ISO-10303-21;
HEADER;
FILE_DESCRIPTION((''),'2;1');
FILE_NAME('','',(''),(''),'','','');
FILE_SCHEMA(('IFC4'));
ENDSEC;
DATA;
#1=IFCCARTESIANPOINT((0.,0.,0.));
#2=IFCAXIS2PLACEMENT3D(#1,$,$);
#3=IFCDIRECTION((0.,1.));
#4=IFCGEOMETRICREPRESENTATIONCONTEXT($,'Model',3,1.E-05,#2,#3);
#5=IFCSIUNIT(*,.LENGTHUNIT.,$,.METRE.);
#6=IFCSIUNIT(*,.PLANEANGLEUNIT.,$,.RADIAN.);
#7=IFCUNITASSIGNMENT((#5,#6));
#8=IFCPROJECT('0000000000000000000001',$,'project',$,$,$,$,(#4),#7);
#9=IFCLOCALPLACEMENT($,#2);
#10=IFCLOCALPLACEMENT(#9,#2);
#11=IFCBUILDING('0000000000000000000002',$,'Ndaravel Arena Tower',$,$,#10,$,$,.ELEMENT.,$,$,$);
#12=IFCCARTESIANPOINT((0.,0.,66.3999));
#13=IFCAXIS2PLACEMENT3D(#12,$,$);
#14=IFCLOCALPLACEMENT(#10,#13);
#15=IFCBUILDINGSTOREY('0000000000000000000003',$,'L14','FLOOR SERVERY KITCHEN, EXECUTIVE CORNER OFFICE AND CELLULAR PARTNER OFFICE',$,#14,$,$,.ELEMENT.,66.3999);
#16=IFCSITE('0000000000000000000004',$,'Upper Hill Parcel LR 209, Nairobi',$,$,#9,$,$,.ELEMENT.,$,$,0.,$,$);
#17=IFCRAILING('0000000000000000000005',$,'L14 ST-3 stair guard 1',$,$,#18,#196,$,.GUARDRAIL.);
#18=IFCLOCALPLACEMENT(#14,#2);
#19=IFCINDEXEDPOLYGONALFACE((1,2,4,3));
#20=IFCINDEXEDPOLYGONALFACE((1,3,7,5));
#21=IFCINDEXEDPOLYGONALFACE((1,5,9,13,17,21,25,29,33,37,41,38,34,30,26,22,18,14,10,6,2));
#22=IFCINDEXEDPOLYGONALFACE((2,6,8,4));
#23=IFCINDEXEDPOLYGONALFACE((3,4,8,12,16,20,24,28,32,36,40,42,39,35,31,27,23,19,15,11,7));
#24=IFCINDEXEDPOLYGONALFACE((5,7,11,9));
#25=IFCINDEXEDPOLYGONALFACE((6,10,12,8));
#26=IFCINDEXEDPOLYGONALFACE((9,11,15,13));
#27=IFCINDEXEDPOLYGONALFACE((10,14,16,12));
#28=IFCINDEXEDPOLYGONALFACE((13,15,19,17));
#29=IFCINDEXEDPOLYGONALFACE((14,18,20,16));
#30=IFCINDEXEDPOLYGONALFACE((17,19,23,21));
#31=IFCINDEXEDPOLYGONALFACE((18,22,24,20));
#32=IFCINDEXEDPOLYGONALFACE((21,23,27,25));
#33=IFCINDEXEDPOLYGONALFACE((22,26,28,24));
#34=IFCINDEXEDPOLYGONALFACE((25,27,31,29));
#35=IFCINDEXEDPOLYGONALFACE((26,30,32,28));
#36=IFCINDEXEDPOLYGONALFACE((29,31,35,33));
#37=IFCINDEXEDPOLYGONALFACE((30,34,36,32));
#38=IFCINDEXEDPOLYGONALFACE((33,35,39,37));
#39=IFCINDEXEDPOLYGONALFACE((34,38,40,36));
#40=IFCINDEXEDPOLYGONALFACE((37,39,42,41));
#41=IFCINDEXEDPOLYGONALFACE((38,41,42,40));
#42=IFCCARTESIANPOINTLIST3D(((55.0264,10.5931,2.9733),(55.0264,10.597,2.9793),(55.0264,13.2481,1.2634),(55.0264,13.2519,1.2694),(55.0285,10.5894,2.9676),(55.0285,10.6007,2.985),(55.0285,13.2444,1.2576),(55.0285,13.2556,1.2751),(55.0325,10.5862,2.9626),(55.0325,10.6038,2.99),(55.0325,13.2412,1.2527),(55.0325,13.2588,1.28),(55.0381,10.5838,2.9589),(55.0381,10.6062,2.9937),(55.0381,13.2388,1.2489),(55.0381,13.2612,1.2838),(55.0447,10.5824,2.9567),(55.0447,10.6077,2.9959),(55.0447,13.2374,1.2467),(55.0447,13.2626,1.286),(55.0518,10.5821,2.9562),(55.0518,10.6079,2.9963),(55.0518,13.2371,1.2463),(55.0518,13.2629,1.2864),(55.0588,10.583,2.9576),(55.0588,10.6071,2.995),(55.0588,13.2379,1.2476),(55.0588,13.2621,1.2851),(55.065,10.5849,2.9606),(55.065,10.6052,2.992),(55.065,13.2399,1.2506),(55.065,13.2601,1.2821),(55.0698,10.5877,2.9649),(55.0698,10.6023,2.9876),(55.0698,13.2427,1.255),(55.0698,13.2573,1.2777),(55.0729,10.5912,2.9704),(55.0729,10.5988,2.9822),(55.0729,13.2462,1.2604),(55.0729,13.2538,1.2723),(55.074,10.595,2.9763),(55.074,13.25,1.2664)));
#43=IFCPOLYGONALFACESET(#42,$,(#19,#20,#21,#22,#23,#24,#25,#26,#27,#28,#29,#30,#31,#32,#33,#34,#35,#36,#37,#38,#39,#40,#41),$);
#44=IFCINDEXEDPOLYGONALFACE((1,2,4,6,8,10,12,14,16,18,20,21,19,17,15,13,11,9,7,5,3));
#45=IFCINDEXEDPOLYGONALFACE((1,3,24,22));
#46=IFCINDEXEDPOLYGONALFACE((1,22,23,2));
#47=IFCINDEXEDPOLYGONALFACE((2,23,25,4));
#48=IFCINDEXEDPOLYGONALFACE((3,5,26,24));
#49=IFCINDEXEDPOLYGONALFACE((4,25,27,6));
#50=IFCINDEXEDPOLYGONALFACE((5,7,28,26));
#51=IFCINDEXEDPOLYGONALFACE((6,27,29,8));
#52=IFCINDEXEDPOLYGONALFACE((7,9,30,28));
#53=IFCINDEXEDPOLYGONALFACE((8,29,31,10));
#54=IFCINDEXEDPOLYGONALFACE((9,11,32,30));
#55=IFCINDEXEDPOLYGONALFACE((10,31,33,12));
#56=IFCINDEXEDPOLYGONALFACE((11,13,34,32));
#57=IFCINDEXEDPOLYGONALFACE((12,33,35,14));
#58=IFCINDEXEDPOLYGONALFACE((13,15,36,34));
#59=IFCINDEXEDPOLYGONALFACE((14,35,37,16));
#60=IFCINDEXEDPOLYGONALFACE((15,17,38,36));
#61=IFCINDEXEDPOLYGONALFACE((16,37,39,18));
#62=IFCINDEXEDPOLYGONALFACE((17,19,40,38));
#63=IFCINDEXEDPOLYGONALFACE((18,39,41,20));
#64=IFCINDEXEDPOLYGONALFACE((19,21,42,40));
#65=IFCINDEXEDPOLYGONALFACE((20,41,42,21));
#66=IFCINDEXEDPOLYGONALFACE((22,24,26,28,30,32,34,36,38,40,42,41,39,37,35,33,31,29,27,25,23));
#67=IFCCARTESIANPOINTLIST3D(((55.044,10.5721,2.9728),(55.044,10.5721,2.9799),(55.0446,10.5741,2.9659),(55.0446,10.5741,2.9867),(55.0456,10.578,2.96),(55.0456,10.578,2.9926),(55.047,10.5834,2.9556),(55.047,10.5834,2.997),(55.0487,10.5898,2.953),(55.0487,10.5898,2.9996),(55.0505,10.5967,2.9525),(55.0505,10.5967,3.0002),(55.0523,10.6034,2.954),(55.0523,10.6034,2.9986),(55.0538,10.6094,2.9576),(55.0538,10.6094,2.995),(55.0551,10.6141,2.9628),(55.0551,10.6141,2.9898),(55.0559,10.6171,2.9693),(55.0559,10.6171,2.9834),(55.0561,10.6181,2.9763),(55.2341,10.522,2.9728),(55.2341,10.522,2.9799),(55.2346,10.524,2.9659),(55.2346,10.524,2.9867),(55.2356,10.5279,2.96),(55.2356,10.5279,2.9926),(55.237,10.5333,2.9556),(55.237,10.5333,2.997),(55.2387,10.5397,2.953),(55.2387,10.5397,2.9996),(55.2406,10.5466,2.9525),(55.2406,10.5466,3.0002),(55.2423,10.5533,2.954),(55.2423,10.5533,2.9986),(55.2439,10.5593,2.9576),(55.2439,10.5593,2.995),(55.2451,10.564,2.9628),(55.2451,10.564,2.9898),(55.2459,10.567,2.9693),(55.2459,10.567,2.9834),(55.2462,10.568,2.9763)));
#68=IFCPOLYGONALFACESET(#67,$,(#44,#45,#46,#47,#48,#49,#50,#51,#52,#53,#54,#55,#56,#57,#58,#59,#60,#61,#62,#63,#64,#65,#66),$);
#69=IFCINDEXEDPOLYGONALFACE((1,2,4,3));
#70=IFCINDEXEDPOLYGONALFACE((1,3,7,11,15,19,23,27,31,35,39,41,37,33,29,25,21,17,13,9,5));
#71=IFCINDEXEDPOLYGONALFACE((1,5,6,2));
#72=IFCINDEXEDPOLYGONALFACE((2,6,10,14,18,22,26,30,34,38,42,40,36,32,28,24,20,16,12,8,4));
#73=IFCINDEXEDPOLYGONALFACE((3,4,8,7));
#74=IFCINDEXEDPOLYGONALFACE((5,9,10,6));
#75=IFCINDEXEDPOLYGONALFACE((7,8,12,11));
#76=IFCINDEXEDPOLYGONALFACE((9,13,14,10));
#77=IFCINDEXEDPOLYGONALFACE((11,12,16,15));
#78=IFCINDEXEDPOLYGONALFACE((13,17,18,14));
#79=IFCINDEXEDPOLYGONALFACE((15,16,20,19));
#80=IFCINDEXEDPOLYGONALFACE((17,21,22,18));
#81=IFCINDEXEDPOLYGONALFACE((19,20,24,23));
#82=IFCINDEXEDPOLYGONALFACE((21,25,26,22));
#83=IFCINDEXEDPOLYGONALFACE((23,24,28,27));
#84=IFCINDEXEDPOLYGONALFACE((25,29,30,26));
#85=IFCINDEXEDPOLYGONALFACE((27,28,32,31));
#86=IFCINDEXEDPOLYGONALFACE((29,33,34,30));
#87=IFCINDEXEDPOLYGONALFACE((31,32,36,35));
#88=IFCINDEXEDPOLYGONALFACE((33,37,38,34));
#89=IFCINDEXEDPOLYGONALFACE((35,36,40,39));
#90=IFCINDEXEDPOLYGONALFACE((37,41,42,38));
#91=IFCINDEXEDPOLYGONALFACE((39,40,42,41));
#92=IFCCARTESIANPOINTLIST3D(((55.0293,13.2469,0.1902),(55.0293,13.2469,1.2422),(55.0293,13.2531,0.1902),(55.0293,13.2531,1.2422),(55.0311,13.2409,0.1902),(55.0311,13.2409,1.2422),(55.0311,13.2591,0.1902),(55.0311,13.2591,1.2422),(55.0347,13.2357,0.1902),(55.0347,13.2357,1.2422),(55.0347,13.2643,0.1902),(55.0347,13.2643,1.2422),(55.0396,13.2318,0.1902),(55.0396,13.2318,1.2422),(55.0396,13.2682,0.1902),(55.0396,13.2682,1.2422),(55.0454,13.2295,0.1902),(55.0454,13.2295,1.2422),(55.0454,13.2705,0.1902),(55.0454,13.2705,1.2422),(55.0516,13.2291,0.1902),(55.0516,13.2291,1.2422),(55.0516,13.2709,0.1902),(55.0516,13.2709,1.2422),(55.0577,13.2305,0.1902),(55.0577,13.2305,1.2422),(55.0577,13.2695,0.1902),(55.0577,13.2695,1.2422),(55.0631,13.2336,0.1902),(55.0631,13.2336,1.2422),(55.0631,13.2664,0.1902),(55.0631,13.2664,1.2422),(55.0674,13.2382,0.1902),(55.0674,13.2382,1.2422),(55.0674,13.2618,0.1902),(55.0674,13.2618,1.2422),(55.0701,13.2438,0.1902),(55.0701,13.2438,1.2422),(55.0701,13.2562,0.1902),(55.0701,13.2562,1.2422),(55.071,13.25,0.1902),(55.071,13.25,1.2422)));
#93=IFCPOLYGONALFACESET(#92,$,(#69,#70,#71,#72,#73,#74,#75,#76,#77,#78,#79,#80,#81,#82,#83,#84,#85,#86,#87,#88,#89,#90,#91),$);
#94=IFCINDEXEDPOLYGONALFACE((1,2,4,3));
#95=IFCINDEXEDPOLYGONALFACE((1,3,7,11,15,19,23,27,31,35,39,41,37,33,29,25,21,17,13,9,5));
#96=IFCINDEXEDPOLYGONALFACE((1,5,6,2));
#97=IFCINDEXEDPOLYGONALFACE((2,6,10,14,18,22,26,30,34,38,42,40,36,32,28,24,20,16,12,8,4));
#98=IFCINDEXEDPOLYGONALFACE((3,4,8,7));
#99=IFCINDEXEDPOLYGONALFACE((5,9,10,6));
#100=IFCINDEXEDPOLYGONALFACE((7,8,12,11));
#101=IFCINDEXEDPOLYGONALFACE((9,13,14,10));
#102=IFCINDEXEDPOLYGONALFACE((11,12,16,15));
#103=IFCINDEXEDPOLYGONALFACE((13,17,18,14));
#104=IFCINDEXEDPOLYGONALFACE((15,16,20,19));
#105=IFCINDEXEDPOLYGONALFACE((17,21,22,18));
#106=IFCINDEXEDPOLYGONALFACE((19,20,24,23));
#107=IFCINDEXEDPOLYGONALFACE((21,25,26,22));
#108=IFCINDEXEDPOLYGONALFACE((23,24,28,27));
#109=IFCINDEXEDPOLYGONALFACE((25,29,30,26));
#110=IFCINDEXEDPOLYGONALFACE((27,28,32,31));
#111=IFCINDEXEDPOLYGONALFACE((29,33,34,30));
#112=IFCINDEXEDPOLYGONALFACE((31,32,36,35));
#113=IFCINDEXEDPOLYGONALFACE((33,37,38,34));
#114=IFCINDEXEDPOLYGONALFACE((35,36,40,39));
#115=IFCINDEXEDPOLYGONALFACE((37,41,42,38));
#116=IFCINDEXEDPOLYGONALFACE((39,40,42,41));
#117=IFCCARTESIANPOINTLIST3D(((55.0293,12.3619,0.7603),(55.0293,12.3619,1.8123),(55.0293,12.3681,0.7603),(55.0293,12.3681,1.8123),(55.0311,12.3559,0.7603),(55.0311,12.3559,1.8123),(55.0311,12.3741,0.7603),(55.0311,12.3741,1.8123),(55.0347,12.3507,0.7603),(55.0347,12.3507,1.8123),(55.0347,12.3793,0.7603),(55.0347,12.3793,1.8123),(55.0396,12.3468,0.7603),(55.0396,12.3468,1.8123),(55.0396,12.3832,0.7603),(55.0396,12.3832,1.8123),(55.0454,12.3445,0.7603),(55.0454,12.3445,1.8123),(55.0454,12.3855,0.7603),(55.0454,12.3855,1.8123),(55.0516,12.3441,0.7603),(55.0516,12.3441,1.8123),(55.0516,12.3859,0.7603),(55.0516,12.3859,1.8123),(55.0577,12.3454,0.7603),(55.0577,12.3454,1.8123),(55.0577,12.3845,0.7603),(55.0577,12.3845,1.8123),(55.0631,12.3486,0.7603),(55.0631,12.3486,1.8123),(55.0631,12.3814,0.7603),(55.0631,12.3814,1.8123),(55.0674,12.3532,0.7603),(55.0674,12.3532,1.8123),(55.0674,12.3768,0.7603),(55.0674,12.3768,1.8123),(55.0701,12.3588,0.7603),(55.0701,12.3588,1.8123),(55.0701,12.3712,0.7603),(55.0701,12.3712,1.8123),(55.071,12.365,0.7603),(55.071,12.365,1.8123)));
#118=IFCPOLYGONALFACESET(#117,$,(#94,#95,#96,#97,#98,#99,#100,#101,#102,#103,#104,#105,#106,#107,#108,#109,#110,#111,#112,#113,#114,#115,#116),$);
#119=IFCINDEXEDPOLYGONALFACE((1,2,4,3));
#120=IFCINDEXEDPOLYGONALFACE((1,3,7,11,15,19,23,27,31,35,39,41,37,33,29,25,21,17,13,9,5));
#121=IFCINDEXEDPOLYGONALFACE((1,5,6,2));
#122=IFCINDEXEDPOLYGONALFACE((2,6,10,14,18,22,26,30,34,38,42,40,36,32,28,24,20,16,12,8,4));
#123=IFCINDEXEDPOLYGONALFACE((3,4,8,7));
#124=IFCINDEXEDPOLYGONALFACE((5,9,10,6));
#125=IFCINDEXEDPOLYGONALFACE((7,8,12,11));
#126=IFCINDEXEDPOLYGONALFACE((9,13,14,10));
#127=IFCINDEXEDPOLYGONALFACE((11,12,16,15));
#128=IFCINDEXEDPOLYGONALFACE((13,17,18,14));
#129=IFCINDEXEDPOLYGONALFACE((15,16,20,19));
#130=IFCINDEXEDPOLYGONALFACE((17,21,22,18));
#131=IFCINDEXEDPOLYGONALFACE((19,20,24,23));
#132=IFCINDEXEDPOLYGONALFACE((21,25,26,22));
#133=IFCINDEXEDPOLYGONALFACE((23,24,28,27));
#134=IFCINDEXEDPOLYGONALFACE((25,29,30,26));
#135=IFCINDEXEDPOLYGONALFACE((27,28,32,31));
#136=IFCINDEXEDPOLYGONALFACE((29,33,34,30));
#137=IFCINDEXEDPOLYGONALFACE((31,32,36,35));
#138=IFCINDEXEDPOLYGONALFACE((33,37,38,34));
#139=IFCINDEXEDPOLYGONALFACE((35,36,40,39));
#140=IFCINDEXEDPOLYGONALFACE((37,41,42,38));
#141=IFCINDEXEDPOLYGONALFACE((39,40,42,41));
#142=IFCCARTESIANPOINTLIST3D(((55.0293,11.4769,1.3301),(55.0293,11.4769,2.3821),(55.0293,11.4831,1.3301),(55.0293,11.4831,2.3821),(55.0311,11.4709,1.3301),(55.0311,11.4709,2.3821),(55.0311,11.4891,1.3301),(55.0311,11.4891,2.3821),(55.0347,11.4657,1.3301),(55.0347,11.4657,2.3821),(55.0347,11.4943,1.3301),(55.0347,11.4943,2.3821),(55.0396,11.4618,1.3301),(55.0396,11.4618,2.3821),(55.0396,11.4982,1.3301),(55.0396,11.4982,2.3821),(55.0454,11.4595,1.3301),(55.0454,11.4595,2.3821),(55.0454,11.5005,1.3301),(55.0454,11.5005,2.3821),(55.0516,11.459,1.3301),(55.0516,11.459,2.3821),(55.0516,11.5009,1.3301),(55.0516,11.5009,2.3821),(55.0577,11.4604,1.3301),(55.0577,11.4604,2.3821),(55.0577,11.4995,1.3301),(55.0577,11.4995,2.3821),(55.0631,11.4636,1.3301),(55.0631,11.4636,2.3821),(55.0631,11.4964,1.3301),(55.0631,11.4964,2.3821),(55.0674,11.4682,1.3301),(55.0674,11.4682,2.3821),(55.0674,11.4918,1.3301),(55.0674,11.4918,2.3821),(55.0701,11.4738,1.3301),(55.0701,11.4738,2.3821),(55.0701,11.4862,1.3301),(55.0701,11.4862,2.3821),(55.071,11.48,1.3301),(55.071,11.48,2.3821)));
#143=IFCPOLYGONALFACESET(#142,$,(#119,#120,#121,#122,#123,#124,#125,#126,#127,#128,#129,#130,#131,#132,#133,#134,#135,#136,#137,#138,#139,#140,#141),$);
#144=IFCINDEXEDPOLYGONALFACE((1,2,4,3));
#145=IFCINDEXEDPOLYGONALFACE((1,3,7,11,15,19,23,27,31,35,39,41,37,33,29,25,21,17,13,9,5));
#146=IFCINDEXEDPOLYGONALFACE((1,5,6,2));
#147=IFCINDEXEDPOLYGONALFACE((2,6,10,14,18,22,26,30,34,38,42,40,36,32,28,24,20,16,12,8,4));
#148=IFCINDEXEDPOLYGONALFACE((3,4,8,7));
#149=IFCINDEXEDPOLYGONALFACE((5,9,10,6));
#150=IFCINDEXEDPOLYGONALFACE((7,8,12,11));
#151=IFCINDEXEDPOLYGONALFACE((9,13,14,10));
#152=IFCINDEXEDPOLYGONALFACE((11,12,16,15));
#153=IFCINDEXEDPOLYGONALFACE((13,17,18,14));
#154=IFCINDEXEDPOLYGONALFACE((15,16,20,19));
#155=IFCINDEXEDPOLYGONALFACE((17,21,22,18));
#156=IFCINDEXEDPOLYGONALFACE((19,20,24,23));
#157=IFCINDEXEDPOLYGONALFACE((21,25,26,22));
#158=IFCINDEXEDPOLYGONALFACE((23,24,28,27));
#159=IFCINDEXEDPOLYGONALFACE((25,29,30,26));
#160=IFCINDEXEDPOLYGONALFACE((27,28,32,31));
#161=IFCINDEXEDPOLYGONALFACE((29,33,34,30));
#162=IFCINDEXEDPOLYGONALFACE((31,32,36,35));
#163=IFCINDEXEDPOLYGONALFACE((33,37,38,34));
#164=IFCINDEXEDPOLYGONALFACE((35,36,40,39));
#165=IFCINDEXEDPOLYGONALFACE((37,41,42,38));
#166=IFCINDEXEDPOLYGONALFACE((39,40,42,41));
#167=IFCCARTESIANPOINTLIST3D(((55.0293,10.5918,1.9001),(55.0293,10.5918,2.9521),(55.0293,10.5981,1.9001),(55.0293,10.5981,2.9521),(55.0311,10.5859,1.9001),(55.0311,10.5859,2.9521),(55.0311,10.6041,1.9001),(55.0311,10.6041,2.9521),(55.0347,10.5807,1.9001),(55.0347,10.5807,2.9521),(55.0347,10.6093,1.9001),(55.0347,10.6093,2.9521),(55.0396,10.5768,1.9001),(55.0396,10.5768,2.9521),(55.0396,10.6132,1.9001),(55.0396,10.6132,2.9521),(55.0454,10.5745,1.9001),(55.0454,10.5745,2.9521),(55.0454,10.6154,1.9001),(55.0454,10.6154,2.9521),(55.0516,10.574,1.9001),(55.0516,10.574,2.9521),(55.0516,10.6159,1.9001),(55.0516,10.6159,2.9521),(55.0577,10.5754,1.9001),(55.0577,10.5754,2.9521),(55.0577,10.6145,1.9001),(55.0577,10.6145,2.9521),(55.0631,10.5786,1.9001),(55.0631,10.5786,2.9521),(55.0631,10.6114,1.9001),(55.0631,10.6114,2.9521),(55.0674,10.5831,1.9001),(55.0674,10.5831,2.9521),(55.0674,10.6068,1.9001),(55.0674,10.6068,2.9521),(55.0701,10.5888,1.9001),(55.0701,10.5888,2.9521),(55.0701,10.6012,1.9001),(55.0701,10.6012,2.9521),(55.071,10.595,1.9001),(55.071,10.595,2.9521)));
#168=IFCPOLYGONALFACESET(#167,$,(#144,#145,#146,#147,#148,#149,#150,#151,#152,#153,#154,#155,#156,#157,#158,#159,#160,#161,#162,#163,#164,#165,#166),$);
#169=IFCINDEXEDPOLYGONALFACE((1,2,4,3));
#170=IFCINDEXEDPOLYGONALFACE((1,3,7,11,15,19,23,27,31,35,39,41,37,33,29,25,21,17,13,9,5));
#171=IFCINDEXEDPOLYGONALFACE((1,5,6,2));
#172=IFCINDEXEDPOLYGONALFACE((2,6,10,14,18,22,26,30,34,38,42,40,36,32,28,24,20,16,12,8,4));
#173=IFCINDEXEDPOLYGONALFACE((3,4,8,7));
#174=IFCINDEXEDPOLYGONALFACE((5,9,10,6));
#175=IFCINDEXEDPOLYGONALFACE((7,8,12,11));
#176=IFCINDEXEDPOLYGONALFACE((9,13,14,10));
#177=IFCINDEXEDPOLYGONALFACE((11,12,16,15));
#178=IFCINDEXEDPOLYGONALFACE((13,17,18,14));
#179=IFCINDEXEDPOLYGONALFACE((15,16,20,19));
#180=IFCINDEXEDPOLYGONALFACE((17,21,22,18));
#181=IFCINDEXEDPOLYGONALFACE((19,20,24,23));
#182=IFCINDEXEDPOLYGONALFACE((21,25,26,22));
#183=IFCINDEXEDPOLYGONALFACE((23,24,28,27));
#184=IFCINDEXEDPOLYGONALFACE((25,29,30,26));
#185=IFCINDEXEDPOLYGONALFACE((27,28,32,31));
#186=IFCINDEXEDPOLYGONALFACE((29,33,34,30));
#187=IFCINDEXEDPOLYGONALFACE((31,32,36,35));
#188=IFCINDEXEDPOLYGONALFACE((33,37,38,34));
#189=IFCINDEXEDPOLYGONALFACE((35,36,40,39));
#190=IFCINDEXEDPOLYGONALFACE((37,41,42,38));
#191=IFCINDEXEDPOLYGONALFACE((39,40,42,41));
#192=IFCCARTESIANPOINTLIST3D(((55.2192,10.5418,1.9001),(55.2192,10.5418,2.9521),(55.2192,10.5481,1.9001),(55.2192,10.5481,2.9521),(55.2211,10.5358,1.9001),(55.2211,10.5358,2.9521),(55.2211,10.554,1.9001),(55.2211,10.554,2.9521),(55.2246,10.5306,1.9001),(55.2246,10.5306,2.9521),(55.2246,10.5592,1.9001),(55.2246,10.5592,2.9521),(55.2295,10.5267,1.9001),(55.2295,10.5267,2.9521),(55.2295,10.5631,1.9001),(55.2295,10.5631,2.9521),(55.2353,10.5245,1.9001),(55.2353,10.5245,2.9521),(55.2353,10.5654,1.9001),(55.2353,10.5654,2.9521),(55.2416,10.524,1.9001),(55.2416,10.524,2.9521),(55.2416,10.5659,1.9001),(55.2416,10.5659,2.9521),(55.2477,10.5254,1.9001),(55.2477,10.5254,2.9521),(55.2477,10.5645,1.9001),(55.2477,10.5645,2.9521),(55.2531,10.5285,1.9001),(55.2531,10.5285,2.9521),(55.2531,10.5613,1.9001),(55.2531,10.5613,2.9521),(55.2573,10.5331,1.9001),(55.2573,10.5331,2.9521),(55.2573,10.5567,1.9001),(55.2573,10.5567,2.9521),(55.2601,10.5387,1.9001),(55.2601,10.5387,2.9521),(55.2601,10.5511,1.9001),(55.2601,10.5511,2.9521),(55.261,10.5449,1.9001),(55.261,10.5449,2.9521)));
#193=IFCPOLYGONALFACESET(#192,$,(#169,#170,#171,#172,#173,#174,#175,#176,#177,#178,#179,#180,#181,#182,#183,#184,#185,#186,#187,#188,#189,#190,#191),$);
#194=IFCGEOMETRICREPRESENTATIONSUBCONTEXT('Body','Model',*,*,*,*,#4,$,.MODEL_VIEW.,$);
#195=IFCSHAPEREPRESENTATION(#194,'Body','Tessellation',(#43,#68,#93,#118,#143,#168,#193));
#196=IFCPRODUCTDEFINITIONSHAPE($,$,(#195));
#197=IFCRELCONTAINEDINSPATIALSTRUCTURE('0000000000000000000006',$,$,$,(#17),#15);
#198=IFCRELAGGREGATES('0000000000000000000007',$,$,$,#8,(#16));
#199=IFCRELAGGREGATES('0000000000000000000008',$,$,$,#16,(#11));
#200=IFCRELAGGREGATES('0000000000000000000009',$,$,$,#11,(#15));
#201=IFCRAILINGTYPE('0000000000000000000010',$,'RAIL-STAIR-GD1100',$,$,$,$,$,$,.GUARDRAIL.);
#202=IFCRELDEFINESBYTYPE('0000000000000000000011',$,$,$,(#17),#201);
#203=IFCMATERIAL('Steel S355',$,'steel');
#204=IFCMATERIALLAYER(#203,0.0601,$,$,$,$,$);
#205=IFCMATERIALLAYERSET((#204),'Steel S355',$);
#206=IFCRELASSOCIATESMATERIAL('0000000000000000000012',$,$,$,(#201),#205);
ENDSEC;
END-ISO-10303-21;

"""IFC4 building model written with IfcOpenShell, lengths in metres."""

from ifc_helpers import new_model, si_unit, direction, frame, origin, origin_2d, place, context, subcontext, project, spatial, circle, extrude, material, layer, layer_set, type_object, element, save


model = new_model("IFC4")

# Units and contexts
model_context = context("Model", 3, precision=1e-05, world=origin(), true_north=direction((0.0, 1.0)))
body_context = subcontext(model_context, "Body", "Model", "MODEL_VIEW")
ifc_project = project(units=[si_unit("LENGTHUNIT", "METRE"), si_unit("PLANEANGLEUNIT", "RADIAN")], contexts=[model_context])

# Site, building, storey
site_placement = place(None, origin())
site = spatial("IfcSite", under=ifc_project, at=site_placement, Name="Upper Hill Parcel LR 209, Nairobi", CompositionType="ELEMENT", RefElevation=0.0)
building_placement = place(site_placement, origin())
building = spatial("IfcBuilding", under=site, at=building_placement, Name="Ndaravel Arena Tower", CompositionType="ELEMENT")
storey_placement = place(building_placement, frame((0.0, 0.0, 66.3999)))
storey = spatial("IfcBuildingStorey", under=building, at=storey_placement, Name="L14", Description="FLOOR SERVERY KITCHEN, EXECUTIVE CORNER OFFICE AND CELLULAR PARTNER OFFICE", CompositionType="ELEMENT", Elevation=66.3999)

# Railing
ifc_material_1 = material(Name="Steel S355", Category="steel")
ifc_layer_1 = layer(ifc_material_1, 0.0601)
ifc_layer_set_1 = layer_set([ifc_layer_1], Name="Steel S355")
railing_type_1 = type_object("IfcRailingType", Name="RAIL-STAIR-GD1100", PredefinedType="GUARDRAIL", material=ifc_layer_set_1)
railing_1_placement = place(storey_placement, frame((55.05, 13.25, 0.1902)))
element("IfcRailing", 1, at=railing_1_placement, inside=storey, type_object=railing_type_1, Name="L14 ST-3 stair guard 1", PredefinedType="GUARDRAIL", context=body_context, shape_type="SweptSolid", body=[
    extrude(circle(Radius=0.0239, at=origin_2d()), frame((0.0, 0.0, 1.0762), z_axis=(0.0, -0.840724, 0.541465), x_axis=(1.0, 0.0, 0.0)), (0.0, 0.0, 1.0), 3.158),
    extrude(circle(Radius=0.0239, at=origin_2d()), frame((0.0, -2.655, 2.7861), z_axis=(0.966994, -0.254799, 0.0), x_axis=(0.254799, 0.966994, 0.0)), (0.0, 0.0, 1.0), 0.1965),
    extrude(circle(Radius=0.021, at=origin_2d()), origin(), (0.0, 0.0, 1.0), 1.052),
    extrude(circle(Radius=0.021, at=origin_2d()), frame((0.0, -0.885, 0.5701)), (0.0, 0.0, 1.0), 1.052),
    extrude(circle(Radius=0.021, at=origin_2d()), frame((0.0, -1.77, 1.1399)), (0.0, 0.0, 1.0), 1.052),
    extrude(circle(Radius=0.021, at=origin_2d()), frame((0.0, -2.655, 1.71)), (0.0, 0.0, 1.0), 1.052),
    extrude(circle(Radius=0.021, at=origin_2d()), frame((0.1899, -2.7051, 1.71)), (0.0, 0.0, 1.0), 1.052),
])

save(model, "model.ifc")
